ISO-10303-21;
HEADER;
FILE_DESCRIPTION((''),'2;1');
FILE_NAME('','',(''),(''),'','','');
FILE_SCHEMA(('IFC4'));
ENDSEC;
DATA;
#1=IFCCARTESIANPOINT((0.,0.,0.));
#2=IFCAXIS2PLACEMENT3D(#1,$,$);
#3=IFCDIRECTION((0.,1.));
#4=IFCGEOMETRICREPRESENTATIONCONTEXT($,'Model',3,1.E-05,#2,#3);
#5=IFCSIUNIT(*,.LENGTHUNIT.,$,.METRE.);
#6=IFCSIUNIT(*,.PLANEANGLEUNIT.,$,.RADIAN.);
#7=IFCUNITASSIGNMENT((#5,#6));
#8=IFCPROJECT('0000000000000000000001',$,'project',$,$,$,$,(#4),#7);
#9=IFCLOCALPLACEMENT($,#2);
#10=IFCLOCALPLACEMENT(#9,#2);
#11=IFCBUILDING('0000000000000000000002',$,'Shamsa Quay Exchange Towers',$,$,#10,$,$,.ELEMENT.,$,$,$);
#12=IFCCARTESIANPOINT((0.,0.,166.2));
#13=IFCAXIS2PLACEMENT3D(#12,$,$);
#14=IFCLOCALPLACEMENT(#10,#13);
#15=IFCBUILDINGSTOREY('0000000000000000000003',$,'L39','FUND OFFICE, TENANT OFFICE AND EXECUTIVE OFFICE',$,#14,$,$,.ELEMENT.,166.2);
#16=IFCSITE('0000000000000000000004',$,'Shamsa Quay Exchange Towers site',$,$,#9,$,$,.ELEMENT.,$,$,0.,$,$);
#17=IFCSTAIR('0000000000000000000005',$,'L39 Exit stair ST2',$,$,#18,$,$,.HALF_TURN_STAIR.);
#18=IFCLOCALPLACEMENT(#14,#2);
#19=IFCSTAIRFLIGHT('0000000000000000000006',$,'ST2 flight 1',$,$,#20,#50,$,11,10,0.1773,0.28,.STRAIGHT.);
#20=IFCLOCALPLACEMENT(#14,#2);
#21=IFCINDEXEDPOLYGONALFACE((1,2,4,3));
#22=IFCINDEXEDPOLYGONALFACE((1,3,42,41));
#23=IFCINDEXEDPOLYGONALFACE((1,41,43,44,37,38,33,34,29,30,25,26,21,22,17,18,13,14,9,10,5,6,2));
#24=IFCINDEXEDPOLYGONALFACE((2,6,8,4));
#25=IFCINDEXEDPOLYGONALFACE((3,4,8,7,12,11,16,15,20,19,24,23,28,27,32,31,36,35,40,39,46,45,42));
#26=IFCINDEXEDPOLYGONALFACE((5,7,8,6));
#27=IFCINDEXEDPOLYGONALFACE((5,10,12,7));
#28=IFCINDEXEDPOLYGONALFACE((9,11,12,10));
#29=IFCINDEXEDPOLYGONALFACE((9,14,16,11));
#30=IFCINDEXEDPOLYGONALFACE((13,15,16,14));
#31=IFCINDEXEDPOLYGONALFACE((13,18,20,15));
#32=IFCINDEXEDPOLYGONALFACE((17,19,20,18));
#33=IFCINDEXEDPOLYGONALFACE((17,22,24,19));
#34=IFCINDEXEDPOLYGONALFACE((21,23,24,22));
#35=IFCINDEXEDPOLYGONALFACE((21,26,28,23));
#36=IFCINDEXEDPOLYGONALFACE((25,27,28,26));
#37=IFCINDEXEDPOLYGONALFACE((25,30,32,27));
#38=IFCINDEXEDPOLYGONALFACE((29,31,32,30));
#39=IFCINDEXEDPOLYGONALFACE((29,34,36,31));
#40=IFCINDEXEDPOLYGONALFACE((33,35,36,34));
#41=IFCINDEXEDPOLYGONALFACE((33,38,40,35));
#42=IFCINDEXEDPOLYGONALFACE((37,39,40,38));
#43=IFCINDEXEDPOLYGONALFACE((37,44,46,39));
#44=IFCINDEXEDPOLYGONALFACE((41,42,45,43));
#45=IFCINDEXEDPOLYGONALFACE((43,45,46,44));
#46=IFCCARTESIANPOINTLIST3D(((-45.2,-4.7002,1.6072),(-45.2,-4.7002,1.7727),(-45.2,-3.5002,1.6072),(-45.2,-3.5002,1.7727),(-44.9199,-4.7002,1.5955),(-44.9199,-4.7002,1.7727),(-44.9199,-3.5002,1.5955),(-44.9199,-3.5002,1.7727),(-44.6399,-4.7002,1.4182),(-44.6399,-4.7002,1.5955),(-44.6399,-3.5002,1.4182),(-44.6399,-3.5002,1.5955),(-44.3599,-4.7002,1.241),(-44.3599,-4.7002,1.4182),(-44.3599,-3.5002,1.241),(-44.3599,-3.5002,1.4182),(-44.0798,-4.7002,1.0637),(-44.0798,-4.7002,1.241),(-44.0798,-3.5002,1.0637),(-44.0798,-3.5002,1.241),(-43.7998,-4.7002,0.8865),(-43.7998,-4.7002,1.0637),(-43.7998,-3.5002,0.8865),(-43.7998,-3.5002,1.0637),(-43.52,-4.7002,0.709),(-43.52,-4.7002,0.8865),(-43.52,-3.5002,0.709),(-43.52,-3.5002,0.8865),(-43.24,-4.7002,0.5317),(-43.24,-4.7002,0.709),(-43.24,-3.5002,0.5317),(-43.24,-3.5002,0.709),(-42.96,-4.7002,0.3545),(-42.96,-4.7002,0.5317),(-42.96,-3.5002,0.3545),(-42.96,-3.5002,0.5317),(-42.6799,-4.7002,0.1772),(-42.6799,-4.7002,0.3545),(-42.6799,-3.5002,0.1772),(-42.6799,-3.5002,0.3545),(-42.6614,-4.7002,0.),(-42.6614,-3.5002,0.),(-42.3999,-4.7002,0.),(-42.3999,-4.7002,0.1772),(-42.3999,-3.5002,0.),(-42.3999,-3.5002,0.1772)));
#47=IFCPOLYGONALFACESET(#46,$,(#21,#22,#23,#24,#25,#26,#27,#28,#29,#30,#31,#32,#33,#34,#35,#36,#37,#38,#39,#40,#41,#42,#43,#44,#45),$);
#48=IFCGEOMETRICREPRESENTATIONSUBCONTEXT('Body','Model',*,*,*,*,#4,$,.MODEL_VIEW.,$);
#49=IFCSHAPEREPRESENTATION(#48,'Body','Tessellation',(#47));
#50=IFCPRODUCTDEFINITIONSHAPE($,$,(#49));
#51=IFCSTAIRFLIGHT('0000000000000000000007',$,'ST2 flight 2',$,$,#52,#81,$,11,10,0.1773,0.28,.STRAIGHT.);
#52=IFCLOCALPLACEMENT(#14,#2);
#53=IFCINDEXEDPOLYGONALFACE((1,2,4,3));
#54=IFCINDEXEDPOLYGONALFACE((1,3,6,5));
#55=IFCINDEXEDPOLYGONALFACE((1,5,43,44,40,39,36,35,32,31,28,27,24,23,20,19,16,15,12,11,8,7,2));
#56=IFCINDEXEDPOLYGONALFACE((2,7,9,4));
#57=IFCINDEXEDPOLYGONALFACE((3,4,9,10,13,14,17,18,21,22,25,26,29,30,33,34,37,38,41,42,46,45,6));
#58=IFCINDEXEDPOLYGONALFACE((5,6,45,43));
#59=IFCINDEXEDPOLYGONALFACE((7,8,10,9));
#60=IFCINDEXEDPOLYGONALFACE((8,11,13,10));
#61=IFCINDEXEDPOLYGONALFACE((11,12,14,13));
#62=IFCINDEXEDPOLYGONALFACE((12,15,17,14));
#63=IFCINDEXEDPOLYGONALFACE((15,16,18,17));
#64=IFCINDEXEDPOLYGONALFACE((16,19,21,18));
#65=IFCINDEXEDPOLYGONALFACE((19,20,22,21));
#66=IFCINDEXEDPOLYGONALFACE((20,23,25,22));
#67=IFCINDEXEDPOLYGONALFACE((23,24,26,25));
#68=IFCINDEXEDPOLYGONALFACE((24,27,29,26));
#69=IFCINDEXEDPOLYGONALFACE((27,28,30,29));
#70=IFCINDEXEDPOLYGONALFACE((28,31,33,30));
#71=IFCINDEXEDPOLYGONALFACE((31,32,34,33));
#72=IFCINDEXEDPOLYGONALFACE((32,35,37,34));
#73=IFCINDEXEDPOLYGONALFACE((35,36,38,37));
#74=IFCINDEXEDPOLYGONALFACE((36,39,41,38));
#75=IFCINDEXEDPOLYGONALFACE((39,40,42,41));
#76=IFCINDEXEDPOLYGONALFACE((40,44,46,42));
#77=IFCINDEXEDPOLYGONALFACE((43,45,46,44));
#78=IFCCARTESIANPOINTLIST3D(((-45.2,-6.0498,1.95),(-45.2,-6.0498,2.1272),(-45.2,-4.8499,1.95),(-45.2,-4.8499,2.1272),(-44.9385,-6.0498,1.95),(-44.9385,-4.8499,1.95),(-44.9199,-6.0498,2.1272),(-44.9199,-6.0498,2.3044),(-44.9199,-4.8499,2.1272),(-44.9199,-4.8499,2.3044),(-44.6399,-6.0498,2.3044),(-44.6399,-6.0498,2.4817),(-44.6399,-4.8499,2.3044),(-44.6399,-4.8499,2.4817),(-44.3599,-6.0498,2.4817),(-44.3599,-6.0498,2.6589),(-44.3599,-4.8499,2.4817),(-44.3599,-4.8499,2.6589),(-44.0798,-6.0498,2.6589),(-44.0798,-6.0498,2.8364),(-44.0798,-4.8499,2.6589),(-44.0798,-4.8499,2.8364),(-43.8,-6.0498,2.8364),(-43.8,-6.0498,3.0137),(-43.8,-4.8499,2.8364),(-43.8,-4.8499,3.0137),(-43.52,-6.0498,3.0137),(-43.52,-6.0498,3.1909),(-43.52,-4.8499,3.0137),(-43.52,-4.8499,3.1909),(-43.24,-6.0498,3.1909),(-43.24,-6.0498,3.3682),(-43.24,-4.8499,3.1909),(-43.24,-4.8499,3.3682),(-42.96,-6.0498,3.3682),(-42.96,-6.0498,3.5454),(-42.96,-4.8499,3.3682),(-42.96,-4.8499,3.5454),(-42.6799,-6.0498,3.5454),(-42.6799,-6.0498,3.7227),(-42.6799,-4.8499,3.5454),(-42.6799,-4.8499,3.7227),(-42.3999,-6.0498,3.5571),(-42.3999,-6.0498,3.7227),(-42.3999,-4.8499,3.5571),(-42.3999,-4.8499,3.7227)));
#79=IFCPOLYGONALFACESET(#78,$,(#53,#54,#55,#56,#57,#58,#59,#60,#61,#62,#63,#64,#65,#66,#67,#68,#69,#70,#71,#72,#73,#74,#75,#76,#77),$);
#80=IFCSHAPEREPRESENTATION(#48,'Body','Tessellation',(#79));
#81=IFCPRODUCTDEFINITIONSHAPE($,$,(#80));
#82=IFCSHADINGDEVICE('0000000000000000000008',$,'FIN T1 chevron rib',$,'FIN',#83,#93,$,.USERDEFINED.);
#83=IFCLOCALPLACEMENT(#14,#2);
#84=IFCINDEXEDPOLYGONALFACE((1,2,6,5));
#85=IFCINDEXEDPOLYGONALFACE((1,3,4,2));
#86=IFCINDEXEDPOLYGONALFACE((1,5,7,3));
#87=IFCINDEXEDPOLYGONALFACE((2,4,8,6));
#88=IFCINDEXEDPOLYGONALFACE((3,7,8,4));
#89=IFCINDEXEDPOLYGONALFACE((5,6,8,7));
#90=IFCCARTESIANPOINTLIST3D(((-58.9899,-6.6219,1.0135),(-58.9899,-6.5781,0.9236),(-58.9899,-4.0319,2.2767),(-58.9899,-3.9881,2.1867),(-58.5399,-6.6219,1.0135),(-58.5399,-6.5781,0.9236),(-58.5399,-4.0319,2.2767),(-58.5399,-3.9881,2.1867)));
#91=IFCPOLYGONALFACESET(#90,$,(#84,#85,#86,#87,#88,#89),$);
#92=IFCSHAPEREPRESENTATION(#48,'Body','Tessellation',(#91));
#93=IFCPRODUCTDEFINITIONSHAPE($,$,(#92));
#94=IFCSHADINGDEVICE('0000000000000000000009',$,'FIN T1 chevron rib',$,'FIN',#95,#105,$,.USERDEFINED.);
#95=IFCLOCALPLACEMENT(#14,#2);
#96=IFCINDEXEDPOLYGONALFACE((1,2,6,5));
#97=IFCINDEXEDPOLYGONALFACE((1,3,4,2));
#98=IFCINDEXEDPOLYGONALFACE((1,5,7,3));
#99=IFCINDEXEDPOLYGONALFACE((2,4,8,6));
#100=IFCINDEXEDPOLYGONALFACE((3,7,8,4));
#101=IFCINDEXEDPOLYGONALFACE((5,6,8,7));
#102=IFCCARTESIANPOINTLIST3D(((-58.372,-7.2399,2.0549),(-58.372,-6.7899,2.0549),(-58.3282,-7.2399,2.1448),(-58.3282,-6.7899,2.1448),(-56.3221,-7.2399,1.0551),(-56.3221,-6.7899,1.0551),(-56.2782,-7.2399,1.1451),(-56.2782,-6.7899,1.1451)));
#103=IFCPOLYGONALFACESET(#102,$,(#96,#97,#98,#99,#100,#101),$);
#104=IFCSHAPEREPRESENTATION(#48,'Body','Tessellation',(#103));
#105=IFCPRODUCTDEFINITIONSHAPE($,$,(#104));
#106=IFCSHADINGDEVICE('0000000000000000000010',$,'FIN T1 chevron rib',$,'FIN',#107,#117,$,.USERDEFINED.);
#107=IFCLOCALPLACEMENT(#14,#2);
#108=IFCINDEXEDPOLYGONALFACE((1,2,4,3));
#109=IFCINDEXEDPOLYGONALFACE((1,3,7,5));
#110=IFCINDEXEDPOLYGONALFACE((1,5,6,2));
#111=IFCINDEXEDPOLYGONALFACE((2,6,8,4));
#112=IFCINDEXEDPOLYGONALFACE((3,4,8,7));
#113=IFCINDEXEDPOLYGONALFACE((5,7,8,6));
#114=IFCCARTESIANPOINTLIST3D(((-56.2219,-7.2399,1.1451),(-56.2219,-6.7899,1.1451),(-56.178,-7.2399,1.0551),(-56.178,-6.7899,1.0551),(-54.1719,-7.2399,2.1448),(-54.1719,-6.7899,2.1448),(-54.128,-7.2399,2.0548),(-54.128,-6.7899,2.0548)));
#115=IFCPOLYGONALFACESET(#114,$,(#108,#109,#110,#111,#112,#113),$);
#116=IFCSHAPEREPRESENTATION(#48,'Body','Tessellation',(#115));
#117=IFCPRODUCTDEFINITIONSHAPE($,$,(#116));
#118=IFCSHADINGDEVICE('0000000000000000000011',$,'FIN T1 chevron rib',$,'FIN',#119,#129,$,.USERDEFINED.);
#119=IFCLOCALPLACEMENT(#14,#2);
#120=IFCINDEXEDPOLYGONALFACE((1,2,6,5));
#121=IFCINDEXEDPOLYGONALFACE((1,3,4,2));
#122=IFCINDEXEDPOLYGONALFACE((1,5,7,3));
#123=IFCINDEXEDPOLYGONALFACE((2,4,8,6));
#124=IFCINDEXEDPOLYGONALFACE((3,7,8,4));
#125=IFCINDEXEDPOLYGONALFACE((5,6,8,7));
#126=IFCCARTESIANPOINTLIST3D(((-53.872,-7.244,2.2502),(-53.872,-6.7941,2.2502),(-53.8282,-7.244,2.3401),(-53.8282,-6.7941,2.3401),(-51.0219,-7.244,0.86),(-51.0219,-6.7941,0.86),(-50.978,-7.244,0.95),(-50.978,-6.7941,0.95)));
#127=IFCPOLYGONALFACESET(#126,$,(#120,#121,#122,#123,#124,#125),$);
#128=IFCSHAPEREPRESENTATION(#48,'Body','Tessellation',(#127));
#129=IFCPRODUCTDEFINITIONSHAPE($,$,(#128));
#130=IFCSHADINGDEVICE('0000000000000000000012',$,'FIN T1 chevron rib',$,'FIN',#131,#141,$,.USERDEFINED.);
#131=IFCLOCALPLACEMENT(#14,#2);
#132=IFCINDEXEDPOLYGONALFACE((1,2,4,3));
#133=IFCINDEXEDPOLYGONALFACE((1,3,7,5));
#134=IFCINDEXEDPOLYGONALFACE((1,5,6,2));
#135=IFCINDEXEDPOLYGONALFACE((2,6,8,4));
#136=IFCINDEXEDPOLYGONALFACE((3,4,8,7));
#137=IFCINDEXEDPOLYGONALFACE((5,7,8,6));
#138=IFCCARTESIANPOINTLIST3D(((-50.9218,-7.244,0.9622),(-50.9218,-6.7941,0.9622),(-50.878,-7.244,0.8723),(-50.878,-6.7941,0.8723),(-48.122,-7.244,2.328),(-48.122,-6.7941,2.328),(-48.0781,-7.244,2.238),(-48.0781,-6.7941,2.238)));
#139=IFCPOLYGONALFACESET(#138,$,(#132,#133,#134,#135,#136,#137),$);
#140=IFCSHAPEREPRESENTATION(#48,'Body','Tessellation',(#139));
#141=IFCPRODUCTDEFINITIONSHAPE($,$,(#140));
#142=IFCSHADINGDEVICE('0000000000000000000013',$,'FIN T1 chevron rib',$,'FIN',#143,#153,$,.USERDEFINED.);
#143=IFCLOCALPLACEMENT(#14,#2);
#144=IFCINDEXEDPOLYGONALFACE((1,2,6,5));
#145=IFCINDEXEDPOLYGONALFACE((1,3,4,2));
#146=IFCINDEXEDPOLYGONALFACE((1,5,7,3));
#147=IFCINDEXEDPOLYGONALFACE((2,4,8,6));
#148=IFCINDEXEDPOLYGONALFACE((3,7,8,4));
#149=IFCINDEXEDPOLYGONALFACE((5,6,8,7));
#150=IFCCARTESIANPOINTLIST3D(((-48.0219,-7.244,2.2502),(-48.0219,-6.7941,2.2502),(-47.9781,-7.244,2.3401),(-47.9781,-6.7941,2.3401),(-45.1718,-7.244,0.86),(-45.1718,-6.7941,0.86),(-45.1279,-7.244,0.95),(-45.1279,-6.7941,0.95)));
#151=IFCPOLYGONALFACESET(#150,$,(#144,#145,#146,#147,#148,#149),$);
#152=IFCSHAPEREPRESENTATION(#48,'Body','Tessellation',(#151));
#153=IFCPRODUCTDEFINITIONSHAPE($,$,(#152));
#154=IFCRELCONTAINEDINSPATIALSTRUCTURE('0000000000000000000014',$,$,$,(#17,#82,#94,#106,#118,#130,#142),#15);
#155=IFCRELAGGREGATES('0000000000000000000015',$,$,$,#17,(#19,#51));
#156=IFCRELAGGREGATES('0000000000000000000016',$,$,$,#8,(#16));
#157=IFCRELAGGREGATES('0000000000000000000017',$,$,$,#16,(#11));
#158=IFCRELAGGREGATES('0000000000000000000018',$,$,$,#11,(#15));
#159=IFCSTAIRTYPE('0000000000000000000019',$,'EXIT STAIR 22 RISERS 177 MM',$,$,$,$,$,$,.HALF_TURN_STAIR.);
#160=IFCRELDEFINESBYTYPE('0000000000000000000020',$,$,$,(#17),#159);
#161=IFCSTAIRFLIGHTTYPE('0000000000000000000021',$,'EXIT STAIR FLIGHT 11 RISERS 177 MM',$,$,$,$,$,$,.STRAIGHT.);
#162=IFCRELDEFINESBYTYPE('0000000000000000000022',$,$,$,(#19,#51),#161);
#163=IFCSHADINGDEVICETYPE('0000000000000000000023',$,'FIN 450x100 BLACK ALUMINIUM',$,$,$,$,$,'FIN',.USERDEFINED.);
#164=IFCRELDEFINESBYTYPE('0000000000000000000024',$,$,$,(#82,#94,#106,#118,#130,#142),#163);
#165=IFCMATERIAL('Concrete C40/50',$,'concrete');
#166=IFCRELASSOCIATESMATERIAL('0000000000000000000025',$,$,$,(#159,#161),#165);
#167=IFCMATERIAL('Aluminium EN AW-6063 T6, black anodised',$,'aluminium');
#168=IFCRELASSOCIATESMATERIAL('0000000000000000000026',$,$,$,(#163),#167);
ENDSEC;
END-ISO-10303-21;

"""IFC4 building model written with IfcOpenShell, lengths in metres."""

from ifc_helpers import new_model, si_unit, direction, frame, origin, origin_2d, place, context, subcontext, project, spatial, polyline, rectangle, outline, extrude, material, material_profile, profile_set, type_object, element, aggregate, save


model = new_model("IFC4")

# Units and contexts
model_context = context("Model", 3, precision=1e-05, world=origin(), true_north=direction((0.0, 1.0)))
body_context = subcontext(model_context, "Body", "Model", "MODEL_VIEW")
ifc_project = project(units=[si_unit("LENGTHUNIT", "METRE"), si_unit("PLANEANGLEUNIT", "RADIAN")], contexts=[model_context])

# Site, building, storey
site_placement = place(None, origin())
site = spatial("IfcSite", under=ifc_project, at=site_placement, Name="Shamsa Quay Exchange Towers site", CompositionType="ELEMENT", RefElevation=0.0)
building_placement = place(site_placement, origin())
building = spatial("IfcBuilding", under=site, at=building_placement, Name="Shamsa Quay Exchange Towers", CompositionType="ELEMENT")
storey_placement = place(building_placement, frame((0.0, 0.0, 166.2)))
storey = spatial("IfcBuildingStorey", under=building, at=storey_placement, Name="L39", Description="FUND OFFICE, TENANT OFFICE AND EXECUTIVE OFFICE", CompositionType="ELEMENT", Elevation=166.2)

# Shared definitions
ifc_material_1 = material(Name="Aluminium EN AW-6063 T6, black anodised", Category="aluminium")

# Stair, stair flights
ifc_material_2 = material(Name="Concrete C40/50", Category="concrete")
stair_type = type_object("IfcStairType", Name="EXIT STAIR 22 RISERS 177 MM", PredefinedType="HALF_TURN_STAIR", material=ifc_material_2)
stair_placement = place(storey_placement, origin())
stair = element("IfcStair", 1, at=stair_placement, inside=storey, type_object=stair_type, Name="L39 Exit stair ST2", PredefinedType="HALF_TURN_STAIR")
stair_flight_type = type_object("IfcStairFlightType", Name="EXIT STAIR FLIGHT 11 RISERS 177 MM", PredefinedType="STRAIGHT", material=ifc_material_2)
stair_flight_1_placement = place(storey_placement, frame((-42.3999, -4.1001, 0.0), z_axis=(0.0, 0.0, 1.0), x_axis=(-1.0, 0.0, 0.0)))
stair_flight_1 = element("IfcStairFlight", 2, at=stair_flight_1_placement, type_object=stair_flight_type, Name="ST2 flight 1", NumberOfRisers=11, NumberOfTreads=10, PredefinedType="STRAIGHT", RiserHeight=0.1773, TreadLength=0.28, context=body_context, shape_type="SweptSolid", body=[
    extrude(outline(polyline([(0.0, 0.0), (0.0, 0.1772), (0.28, 0.1772), (0.28, 0.3545), (0.5601, 0.3545), (0.5601, 0.5317), (0.8401, 0.5317), (0.8401, 0.709), (1.1201, 0.709), (1.1201, 0.8865), (1.3999, 0.8865), (1.3999, 1.0637), (1.6799, 1.0637), (1.6799, 1.241), (1.96, 1.241), (1.96, 1.4182), (2.24, 1.4182), (2.24, 1.5955), (2.52, 1.5955), (2.52, 1.7727), (2.8, 1.7727), (2.8, 1.95), (2.8, 1.6072), (0.2615, 0.0), (0.0, 0.0)])), frame((0.0, 0.6001, 0.0), z_axis=(0.0, -1.0, 0.0), x_axis=(1.0, 0.0, 0.0)), (0.0, 0.0, 1.0), 1.2),
])
stair_flight_2_placement = place(storey_placement, frame((-45.2, -5.45, 1.95)))
stair_flight_2 = element("IfcStairFlight", 3, at=stair_flight_2_placement, type_object=stair_flight_type, Name="ST2 flight 2", NumberOfRisers=11, NumberOfTreads=10, PredefinedType="STRAIGHT", RiserHeight=0.1773, TreadLength=0.28, context=body_context, shape_type="SweptSolid", body=[
    extrude(outline(polyline([(0.0, 0.0), (0.0, 0.1772), (0.28, 0.1772), (0.28, 0.3545), (0.5601, 0.3545), (0.5601, 0.5317), (0.8401, 0.5317), (0.8401, 0.709), (1.1201, 0.709), (1.1201, 0.8865), (1.3999, 0.8865), (1.3999, 1.0637), (1.6799, 1.0637), (1.6799, 1.241), (1.96, 1.241), (1.96, 1.4182), (2.24, 1.4182), (2.24, 1.5955), (2.52, 1.5955), (2.52, 1.7727), (2.8, 1.7727), (2.8, 1.95), (2.8, 1.6072), (0.2615, 0.0), (0.0, 0.0)])), frame((0.0, 0.6001, 0.0), z_axis=(0.0, -1.0, 0.0), x_axis=(1.0, 0.0, 0.0)), (0.0, 0.0, 1.0), 1.2),
])
aggregate(stair, [stair_flight_1, stair_flight_2])

# Shading devices
ifc_material_profile_1 = material_profile(ifc_material_1, rectangle(XDim=0.45, YDim=0.1001, at=origin_2d()), Name="FIN450x100")
ifc_profile_set_1 = profile_set([ifc_material_profile_1], Name="Aluminium EN AW-6063 T6, black anodised")
shading_device_type = type_object("IfcShadingDeviceType", Name="FIN 450x100 BLACK ALUMINIUM", ElementType="FIN", PredefinedType="USERDEFINED", material=ifc_profile_set_1)
shading_device_1_placement = place(storey_placement, frame((-58.7649, -4.01, 2.2317), z_axis=(0.0, -0.898806, -0.438347), x_axis=(1.0, 0.0, 0.0)))
element("IfcShadingDevice", 4, at=shading_device_1_placement, inside=storey, type_object=shading_device_type, Name="FIN T1 chevron rib", ObjectType="FIN", PredefinedType="USERDEFINED", context=body_context, shape_type="SweptSolid", body=[
    extrude(rectangle(XDim=0.45, YDim=0.1001, at=origin_2d()), origin(), (0.0, 0.0, 1.0), 2.8816),
])
for number, where, z_axis, x_axis, name in (
    (5, (-58.3501, -7.0149, 2.0999), (0.898815, 0.0, -0.438329), (0.0, 1.0, 0.0), "FIN T1 chevron rib"),
    (6, (-56.2, -7.0149, 1.1001), (0.898815, 0.0, 0.438329), (0.0, 1.0, 0.0), "FIN T1 chevron rib"),
):
    element("IfcShadingDevice", number, at=place(storey_placement, frame(where, z_axis=z_axis, x_axis=x_axis)), inside=storey, type_object=shading_device_type, Name=name, ObjectType="FIN", PredefinedType="USERDEFINED", context=body_context, shape_type="SweptSolid", body=[
        extrude(rectangle(XDim=0.45, YDim=0.1001, at=origin_2d()), origin(), (0.0, 0.0, 1.0), 2.2808),
    ])
shading_device_2_placement = place(storey_placement, frame((-53.8501, -7.019, 2.2952), z_axis=(0.898788, 0.0, -0.438384), x_axis=(0.0, 1.0, 0.0)))
element("IfcShadingDevice", 7, at=shading_device_2_placement, inside=storey, type_object=shading_device_type, Name="FIN T1 chevron rib", ObjectType="FIN", PredefinedType="USERDEFINED", context=body_context, shape_type="SweptSolid", body=[
    extrude(rectangle(XDim=0.45, YDim=0.1001, at=origin_2d()), origin(), (0.0, 0.0, 1.0), 3.1711),
])
shading_device_3_placement = place(storey_placement, frame((-50.8999, -7.019, 0.9172), z_axis=(0.898773, 0.0, 0.438414), x_axis=(0.0, 1.0, 0.0)))
element("IfcShadingDevice", 8, at=shading_device_3_placement, inside=storey, type_object=shading_device_type, Name="FIN T1 chevron rib", ObjectType="FIN", PredefinedType="USERDEFINED", context=body_context, shape_type="SweptSolid", body=[
    extrude(rectangle(XDim=0.45, YDim=0.1001, at=origin_2d()), origin(), (0.0, 0.0, 1.0), 3.1152),
])
shading_device_4_placement = place(storey_placement, frame((-48.0, -7.019, 2.2952), z_axis=(0.898788, 0.0, -0.438384), x_axis=(0.0, 1.0, 0.0)))
element("IfcShadingDevice", 9, at=shading_device_4_placement, inside=storey, type_object=shading_device_type, Name="FIN T1 chevron rib", ObjectType="FIN", PredefinedType="USERDEFINED", context=body_context, shape_type="SweptSolid", body=[
    extrude(rectangle(XDim=0.45, YDim=0.1001, at=origin_2d()), origin(), (0.0, 0.0, 1.0), 3.1711),
])

save(model, "model.ifc")
